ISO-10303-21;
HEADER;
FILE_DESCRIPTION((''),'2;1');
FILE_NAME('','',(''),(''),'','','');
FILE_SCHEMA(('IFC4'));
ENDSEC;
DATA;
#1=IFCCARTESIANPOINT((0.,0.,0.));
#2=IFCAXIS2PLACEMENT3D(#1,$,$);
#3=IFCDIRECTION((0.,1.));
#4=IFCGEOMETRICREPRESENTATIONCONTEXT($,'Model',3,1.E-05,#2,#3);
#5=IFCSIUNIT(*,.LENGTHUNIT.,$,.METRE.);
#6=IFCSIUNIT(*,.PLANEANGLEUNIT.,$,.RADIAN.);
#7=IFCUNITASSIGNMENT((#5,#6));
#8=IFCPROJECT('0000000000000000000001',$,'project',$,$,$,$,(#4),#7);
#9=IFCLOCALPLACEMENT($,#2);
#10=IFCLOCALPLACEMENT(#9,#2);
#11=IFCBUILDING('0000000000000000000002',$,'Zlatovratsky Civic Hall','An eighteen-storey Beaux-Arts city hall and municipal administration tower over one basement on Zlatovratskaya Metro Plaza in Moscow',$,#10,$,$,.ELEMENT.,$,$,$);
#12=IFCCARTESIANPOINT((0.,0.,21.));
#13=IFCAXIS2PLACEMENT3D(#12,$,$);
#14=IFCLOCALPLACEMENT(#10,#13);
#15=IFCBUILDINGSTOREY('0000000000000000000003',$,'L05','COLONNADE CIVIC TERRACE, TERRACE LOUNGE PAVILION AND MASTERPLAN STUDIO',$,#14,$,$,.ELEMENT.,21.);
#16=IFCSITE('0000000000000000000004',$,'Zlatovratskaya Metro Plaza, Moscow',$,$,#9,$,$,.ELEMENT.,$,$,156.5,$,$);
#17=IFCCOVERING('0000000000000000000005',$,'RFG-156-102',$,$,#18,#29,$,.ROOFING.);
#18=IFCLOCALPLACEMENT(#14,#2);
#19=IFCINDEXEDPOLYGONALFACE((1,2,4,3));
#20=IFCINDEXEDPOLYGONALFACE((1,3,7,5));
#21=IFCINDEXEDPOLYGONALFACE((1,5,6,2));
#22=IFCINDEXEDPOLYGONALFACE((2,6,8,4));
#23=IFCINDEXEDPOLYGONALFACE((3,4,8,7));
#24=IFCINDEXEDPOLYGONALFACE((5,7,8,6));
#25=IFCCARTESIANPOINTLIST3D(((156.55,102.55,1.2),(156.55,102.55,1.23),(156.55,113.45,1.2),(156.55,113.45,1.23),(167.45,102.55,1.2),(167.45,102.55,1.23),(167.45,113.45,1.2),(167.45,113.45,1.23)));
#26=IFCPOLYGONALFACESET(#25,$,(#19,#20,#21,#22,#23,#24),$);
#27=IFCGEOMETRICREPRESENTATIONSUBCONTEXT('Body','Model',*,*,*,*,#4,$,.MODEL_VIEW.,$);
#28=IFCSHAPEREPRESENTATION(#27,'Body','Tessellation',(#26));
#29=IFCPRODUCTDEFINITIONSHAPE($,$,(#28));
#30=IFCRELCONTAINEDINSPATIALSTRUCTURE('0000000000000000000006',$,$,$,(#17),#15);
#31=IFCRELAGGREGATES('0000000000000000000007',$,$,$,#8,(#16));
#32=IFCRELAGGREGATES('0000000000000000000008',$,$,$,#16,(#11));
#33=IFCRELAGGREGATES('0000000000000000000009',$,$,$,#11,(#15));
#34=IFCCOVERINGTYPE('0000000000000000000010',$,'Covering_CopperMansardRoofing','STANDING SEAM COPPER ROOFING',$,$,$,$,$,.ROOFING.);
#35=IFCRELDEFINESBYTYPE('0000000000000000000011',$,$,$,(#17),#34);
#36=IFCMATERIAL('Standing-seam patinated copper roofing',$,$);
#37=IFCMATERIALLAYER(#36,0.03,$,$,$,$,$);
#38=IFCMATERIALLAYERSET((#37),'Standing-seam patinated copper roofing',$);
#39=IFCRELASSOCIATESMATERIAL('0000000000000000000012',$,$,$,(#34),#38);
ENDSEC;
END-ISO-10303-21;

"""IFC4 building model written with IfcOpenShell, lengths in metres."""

from ifc_helpers import new_model, si_unit, direction, frame, origin, place, context, subcontext, project, spatial, polyline, outline, extrude, material, layer, layer_set, type_object, element, save


model = new_model("IFC4")

# Units and contexts
model_context = context("Model", 3, precision=1e-05, world=origin(), true_north=direction((0.0, 1.0)))
body_context = subcontext(model_context, "Body", "Model", "MODEL_VIEW")
ifc_project = project(units=[si_unit("LENGTHUNIT", "METRE"), si_unit("PLANEANGLEUNIT", "RADIAN")], contexts=[model_context])

# Site, building, storey
site_placement = place(None, origin())
site = spatial("IfcSite", under=ifc_project, at=site_placement, Name="Zlatovratskaya Metro Plaza, Moscow", CompositionType="ELEMENT", RefElevation=156.5)
building_placement = place(site_placement, origin())
building = spatial("IfcBuilding", under=site, at=building_placement, Name="Zlatovratsky Civic Hall", Description="An eighteen-storey Beaux-Arts city hall and municipal administration tower over one basement on Zlatovratskaya Metro Plaza in Moscow", CompositionType="ELEMENT")
storey_placement = place(building_placement, frame((0.0, 0.0, 21.0)))
storey = spatial("IfcBuildingStorey", under=building, at=storey_placement, Name="L05", Description="COLONNADE CIVIC TERRACE, TERRACE LOUNGE PAVILION AND MASTERPLAN STUDIO", CompositionType="ELEMENT", Elevation=21.0)

# Shared definitions
ifc_material_1 = material(Name="Standing-seam patinated copper roofing")

# Covering
ifc_layer_1 = layer(ifc_material_1, 0.03)
ifc_layer_set_1 = layer_set([ifc_layer_1], Name="Standing-seam patinated copper roofing")
covering_type = type_object("IfcCoveringType", Name="Covering_CopperMansardRoofing", Description="STANDING SEAM COPPER ROOFING", PredefinedType="ROOFING", material=ifc_layer_set_1)
covering_1_placement = place(storey_placement, frame((0.0, 0.0, 1.2)))
element("IfcCovering", 1, at=covering_1_placement, inside=storey, type_object=covering_type, Name="RFG-156-102", PredefinedType="ROOFING", context=body_context, shape_type="SweptSolid", body=[
    extrude(outline(polyline([(156.55, 102.55), (167.45, 102.55), (167.45, 113.45), (156.55, 113.45), (156.55, 102.55)])), origin(), (0.0, 0.0, 1.0), 0.03),
])

save(model, "model.ifc")
